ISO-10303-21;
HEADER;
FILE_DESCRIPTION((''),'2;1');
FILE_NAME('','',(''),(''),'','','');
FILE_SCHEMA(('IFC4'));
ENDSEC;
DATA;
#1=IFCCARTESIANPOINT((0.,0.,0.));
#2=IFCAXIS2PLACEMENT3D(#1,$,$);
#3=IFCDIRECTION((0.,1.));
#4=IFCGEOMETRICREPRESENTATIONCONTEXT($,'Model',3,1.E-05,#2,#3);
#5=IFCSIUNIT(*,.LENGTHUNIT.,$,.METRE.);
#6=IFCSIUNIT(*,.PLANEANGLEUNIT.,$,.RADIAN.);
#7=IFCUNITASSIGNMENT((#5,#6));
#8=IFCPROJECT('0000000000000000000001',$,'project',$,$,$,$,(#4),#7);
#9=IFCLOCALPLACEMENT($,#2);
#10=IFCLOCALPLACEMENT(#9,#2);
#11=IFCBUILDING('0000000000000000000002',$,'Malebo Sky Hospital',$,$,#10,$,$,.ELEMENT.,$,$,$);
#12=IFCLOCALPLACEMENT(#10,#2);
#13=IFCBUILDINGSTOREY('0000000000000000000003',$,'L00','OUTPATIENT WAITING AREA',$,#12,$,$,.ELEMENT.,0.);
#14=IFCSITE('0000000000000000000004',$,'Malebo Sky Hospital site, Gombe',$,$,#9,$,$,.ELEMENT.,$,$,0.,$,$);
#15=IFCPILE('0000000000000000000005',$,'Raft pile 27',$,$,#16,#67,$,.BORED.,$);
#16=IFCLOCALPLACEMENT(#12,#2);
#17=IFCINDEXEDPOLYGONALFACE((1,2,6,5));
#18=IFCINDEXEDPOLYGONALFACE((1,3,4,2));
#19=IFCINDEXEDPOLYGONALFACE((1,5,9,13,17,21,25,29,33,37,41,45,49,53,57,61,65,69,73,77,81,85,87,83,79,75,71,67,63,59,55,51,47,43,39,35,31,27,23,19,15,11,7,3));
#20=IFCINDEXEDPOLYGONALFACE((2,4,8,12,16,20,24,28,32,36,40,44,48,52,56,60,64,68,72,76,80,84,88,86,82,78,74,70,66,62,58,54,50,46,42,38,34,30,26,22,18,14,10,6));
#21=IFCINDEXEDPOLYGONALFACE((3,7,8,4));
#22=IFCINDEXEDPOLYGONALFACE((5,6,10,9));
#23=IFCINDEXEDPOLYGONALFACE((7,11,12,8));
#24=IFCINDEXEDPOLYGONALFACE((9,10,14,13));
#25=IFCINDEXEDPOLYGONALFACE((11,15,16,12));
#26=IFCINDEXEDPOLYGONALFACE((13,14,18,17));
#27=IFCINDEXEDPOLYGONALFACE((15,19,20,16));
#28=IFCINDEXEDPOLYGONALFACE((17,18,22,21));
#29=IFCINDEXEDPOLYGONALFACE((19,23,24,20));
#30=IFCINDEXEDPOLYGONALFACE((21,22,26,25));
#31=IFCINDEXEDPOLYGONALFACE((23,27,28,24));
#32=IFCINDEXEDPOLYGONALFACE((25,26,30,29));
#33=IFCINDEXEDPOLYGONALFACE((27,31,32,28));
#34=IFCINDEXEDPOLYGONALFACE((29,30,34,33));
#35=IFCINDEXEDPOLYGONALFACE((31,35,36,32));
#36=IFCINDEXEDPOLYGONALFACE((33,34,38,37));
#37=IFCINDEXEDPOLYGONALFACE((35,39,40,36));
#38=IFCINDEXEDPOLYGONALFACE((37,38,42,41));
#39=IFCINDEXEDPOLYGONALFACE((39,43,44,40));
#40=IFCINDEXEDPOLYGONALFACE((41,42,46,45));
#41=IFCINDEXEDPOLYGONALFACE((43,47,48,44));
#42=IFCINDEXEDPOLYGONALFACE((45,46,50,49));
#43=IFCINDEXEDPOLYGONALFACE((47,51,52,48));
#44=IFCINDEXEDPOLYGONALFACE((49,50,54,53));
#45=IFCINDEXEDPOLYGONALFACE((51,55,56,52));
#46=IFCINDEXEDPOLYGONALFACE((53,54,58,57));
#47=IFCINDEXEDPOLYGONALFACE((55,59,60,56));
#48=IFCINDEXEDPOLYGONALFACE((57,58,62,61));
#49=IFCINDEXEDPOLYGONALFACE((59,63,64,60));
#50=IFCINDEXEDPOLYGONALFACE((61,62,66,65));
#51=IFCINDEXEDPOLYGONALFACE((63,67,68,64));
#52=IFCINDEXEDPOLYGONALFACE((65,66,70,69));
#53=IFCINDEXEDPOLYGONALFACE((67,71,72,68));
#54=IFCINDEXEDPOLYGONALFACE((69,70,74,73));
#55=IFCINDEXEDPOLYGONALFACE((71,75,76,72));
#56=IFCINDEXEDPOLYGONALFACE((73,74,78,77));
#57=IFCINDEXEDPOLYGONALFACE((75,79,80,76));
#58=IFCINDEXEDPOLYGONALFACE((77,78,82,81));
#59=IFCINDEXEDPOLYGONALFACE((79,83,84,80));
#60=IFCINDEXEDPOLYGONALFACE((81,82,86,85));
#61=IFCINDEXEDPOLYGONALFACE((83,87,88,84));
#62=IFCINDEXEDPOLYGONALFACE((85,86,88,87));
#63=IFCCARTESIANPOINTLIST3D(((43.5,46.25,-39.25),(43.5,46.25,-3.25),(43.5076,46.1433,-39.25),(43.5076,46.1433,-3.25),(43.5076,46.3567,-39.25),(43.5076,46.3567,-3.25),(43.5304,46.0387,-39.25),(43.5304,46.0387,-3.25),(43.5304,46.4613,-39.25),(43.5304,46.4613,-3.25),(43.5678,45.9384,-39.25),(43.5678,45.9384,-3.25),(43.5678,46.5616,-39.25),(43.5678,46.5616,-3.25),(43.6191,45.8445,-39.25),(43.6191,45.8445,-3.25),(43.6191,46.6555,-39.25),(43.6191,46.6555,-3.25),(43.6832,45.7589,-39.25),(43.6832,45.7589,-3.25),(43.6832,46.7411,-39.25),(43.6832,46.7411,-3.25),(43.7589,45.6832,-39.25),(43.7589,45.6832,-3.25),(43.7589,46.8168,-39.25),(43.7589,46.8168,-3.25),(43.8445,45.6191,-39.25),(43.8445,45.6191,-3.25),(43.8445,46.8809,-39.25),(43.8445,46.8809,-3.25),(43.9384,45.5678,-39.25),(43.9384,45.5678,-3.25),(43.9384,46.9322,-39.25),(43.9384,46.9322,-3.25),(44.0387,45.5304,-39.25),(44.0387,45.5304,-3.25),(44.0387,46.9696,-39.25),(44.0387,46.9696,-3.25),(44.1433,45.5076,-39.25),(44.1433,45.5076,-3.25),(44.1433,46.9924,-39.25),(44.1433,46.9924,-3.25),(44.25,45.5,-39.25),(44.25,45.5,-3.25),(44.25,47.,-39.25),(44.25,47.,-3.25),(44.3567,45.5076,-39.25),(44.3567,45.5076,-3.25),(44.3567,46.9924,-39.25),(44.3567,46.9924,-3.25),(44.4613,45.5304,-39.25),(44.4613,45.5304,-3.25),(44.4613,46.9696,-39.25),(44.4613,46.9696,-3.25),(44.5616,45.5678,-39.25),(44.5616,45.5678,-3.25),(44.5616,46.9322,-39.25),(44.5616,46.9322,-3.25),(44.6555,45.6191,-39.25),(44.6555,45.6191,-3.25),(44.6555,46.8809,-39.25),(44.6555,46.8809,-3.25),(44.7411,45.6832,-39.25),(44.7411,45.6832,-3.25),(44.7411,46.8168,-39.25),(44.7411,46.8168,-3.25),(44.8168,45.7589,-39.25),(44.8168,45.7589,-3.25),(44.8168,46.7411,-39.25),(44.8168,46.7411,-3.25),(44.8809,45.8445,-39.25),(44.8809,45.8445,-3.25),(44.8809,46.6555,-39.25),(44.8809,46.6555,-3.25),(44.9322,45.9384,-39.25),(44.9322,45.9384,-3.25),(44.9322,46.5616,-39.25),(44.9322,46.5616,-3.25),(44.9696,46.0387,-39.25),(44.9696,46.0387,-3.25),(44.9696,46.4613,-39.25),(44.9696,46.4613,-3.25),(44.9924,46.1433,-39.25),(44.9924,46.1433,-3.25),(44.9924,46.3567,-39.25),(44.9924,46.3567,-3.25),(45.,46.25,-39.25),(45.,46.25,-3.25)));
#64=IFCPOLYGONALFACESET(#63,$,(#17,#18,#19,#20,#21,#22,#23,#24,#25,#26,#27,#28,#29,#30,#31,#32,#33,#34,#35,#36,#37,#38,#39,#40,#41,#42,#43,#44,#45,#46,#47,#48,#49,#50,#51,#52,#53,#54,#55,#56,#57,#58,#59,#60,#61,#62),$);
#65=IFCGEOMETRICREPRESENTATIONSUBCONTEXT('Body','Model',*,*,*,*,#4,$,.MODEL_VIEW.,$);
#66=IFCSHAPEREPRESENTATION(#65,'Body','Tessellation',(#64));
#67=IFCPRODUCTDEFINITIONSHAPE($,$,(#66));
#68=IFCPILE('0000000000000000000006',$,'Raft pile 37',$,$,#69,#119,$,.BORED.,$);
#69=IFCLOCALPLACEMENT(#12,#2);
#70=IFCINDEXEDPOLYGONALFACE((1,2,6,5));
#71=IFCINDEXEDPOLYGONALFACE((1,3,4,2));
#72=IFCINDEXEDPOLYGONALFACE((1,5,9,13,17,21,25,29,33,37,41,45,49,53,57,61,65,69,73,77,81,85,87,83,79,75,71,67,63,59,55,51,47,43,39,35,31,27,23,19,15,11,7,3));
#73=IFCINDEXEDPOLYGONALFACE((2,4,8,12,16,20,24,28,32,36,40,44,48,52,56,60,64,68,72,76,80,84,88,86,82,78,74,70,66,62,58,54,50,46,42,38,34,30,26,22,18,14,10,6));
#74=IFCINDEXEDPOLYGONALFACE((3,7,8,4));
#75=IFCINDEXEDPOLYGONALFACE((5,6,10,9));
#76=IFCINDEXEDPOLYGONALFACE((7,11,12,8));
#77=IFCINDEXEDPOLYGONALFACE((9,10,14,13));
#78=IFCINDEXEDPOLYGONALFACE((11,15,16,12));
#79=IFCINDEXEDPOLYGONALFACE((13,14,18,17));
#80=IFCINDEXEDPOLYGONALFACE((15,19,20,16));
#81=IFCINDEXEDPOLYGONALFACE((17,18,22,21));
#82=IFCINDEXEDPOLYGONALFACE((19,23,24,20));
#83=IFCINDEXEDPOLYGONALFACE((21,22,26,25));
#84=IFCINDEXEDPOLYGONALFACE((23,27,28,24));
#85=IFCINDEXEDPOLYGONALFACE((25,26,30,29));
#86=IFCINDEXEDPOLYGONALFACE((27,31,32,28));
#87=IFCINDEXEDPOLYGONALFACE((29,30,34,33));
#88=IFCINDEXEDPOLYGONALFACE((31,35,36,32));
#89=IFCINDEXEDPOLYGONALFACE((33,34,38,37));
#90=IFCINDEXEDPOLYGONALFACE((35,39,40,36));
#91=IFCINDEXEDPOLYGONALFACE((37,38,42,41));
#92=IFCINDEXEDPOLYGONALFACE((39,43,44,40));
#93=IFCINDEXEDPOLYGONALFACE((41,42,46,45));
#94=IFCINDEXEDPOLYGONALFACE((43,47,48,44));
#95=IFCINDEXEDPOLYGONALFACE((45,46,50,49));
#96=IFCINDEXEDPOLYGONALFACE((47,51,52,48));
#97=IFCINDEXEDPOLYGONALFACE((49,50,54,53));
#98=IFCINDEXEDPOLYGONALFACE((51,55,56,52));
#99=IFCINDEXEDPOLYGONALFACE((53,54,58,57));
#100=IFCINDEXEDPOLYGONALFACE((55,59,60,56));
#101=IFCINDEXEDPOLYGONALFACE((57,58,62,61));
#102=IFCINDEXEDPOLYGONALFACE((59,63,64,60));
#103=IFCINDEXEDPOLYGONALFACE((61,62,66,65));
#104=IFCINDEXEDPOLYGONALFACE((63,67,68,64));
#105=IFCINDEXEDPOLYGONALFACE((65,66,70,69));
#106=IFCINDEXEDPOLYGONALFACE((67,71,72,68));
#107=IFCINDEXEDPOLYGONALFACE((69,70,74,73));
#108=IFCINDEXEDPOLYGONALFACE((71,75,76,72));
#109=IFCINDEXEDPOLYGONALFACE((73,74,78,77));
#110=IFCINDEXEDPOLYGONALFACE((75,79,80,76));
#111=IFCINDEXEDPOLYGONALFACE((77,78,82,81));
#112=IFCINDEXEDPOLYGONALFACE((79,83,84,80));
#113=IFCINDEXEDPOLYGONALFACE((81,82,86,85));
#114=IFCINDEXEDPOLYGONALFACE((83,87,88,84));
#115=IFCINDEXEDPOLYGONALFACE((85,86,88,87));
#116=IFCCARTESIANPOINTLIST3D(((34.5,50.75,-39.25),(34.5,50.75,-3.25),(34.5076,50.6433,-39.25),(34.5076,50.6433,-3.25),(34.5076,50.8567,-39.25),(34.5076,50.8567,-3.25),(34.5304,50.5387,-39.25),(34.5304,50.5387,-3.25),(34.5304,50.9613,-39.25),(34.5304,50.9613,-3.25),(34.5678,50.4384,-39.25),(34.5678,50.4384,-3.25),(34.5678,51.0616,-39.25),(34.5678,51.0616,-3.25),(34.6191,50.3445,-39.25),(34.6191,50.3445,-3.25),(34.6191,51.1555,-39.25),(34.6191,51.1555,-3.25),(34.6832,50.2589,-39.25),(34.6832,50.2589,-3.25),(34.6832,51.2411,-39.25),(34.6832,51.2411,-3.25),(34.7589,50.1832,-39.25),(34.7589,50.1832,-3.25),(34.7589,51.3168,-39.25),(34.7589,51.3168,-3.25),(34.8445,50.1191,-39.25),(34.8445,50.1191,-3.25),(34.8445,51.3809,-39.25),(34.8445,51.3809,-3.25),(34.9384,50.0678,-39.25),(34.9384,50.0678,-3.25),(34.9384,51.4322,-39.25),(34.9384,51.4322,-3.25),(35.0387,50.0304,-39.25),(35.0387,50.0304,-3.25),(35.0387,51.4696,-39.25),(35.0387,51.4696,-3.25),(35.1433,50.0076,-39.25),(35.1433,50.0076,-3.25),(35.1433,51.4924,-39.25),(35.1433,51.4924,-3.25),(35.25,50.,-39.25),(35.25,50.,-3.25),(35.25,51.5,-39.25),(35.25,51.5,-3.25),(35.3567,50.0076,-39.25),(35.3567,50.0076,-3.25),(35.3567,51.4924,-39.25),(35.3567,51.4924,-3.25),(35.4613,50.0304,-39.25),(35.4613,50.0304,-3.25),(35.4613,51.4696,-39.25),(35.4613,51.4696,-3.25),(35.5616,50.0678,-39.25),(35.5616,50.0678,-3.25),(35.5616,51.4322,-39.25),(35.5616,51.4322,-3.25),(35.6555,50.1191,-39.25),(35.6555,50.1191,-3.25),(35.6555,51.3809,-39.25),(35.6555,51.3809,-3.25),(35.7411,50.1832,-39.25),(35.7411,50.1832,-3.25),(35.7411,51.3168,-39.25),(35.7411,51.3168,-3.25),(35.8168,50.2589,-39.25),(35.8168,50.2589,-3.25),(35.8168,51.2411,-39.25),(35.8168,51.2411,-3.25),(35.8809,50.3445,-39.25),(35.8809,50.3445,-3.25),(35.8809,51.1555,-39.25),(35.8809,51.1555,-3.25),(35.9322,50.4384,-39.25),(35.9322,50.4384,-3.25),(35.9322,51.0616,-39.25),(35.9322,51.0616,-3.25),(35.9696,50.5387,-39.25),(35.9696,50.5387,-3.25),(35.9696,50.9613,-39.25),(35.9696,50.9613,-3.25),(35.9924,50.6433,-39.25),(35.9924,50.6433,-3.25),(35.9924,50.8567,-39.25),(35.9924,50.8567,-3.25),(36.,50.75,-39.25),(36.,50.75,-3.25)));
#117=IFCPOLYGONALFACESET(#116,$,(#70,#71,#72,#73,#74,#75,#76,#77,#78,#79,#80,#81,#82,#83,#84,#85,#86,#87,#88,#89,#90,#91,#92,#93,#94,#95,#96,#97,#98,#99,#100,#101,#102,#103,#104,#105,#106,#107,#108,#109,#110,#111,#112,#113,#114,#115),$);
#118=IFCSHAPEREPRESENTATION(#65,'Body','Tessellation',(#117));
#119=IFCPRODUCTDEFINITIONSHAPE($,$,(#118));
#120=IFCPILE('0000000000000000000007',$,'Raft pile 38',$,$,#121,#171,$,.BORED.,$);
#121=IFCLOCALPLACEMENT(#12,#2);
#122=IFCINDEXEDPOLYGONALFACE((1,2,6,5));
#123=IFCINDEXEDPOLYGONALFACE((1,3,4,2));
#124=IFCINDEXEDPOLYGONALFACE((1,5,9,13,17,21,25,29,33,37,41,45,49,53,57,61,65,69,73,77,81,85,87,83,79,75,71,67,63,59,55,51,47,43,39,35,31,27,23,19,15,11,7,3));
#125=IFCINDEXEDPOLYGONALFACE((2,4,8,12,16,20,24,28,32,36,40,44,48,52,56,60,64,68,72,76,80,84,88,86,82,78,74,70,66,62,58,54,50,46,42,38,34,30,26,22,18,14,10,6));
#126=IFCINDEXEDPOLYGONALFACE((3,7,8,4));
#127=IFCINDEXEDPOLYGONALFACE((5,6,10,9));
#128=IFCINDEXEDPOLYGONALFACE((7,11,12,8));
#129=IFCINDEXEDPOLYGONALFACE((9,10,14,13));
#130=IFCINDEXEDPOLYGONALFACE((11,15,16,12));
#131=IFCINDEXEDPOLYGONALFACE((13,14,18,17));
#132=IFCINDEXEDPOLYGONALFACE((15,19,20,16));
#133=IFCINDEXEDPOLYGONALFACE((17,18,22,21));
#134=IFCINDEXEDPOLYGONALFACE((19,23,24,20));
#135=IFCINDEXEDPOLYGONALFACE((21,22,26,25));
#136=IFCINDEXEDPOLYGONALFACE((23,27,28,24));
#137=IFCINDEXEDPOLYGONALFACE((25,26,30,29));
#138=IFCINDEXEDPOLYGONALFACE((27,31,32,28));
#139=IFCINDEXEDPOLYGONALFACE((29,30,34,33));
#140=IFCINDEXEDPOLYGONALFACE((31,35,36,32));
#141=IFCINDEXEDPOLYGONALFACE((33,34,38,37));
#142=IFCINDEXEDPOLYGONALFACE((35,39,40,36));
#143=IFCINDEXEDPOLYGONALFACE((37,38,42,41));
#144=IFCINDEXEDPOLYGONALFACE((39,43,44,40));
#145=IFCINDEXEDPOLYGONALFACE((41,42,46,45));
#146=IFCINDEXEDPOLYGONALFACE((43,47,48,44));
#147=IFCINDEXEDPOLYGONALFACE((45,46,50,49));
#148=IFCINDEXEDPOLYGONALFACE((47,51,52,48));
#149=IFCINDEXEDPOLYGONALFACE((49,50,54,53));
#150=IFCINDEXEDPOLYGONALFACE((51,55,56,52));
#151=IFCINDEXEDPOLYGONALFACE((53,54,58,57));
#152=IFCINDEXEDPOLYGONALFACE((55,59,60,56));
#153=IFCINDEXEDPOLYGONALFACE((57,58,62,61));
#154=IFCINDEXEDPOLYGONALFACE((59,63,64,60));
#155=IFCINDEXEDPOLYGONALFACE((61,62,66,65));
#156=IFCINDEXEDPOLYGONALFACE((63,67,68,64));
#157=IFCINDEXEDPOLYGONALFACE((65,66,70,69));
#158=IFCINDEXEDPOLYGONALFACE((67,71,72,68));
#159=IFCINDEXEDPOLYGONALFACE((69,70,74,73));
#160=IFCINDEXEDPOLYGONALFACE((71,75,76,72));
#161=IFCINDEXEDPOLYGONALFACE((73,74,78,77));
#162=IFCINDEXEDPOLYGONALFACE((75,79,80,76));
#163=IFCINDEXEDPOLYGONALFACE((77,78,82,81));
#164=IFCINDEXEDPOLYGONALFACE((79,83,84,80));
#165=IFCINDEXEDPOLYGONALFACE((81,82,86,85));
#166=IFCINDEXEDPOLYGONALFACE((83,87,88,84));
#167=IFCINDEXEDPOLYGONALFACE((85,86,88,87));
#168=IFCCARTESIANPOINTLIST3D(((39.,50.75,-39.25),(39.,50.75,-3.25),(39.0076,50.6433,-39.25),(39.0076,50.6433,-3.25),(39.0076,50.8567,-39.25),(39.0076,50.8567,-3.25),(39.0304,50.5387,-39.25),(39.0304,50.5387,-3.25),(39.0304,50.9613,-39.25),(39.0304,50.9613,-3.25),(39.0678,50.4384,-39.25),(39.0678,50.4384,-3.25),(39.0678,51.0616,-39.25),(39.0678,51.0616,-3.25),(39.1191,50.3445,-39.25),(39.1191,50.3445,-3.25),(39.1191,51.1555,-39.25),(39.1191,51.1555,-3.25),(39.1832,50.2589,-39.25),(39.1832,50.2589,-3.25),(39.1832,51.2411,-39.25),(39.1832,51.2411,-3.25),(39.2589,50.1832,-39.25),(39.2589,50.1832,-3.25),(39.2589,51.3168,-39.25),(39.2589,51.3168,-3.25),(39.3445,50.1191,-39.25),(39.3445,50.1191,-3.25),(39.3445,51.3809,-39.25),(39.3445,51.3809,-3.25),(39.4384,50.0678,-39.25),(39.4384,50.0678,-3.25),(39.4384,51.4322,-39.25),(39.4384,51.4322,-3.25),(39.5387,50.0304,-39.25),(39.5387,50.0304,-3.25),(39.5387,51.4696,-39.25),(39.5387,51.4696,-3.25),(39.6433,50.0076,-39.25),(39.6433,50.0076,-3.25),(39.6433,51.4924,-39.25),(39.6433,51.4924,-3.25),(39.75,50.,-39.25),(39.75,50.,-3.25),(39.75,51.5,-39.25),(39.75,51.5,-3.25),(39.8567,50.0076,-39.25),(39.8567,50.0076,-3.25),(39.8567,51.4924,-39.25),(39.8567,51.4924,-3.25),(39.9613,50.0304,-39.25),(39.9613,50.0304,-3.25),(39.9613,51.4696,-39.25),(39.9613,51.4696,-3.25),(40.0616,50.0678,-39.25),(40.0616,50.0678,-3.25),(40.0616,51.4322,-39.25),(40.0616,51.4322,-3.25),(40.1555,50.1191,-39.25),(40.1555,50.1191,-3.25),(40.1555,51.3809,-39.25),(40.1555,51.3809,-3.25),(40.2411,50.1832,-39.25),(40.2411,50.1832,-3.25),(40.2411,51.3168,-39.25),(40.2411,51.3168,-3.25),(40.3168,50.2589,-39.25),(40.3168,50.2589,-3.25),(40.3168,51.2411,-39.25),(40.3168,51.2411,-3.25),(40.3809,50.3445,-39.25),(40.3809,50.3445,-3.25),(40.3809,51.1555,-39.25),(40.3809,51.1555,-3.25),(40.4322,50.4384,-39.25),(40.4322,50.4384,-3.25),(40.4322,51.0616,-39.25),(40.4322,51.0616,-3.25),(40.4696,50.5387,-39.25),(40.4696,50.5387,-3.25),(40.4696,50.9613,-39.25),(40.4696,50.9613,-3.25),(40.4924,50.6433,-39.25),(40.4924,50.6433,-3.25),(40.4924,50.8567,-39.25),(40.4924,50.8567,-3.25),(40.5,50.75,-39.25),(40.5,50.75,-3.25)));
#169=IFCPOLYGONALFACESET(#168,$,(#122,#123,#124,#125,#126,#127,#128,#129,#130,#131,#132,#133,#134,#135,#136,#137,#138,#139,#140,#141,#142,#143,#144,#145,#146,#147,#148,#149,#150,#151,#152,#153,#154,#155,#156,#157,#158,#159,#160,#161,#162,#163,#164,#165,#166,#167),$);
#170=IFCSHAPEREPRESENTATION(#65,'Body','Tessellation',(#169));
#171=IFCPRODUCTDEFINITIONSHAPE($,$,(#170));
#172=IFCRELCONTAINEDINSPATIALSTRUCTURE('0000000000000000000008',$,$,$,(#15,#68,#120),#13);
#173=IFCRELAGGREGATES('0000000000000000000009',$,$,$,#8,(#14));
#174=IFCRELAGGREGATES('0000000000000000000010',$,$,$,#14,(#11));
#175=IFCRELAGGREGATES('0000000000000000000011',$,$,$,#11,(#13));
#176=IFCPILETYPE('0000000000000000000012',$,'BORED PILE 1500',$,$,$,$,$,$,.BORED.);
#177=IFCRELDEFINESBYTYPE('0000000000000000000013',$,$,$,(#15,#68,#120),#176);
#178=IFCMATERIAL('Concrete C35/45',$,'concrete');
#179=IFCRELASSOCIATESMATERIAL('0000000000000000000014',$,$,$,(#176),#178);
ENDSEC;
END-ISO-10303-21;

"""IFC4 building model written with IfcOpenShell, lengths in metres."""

from ifc_helpers import new_model, si_unit, direction, frame, origin, origin_2d, place, context, subcontext, project, spatial, circle, extrude, material, material_profile, profile_set, type_object, element, save


model = new_model("IFC4")

# Units and contexts
model_context = context("Model", 3, precision=1e-05, world=origin(), true_north=direction((0.0, 1.0)))
body_context = subcontext(model_context, "Body", "Model", "MODEL_VIEW")
ifc_project = project(units=[si_unit("LENGTHUNIT", "METRE"), si_unit("PLANEANGLEUNIT", "RADIAN")], contexts=[model_context])

# Site, building, storey
site_placement = place(None, origin())
site = spatial("IfcSite", under=ifc_project, at=site_placement, Name="Malebo Sky Hospital site, Gombe", CompositionType="ELEMENT", RefElevation=0.0)
building_placement = place(site_placement, origin())
building = spatial("IfcBuilding", under=site, at=building_placement, Name="Malebo Sky Hospital", CompositionType="ELEMENT")
storey_placement = place(building_placement, origin())
storey = spatial("IfcBuildingStorey", under=building, at=storey_placement, Name="L00", Description="OUTPATIENT WAITING AREA", CompositionType="ELEMENT", Elevation=0.0)

# Piles
ifc_material_1 = material(Name="Concrete C35/45", Category="concrete")
ifc_material_profile_1 = material_profile(ifc_material_1, circle(Radius=0.75, at=origin_2d()), Name="BP 1500")
ifc_profile_set_1 = profile_set([ifc_material_profile_1], Name="Concrete C35/45")
pile_type_1 = type_object("IfcPileType", Name="BORED PILE 1500", PredefinedType="BORED", material=ifc_profile_set_1)
for number, where, z_axis, x_axis, name in (
    (1, (44.25, 46.25, -3.25), (0.0, 0.0, -1.0), (1.0, 0.0, 0.0), "Raft pile 27"),
    (2, (35.25, 50.75, -3.25), (0.0, 0.0, -1.0), (1.0, 0.0, 0.0), "Raft pile 37"),
    (3, (39.75, 50.75, -3.25), (0.0, 0.0, -1.0), (1.0, 0.0, 0.0), "Raft pile 38"),
):
    element("IfcPile", number, at=place(storey_placement, frame(where, z_axis=z_axis, x_axis=x_axis)), inside=storey, type_object=pile_type_1, Name=name, PredefinedType="BORED", context=body_context, shape_type="SweptSolid", body=[
        extrude(circle(Radius=0.75, at=origin_2d()), origin(), (0.0, 0.0, 1.0), 36.0),
    ])

save(model, "model.ifc")
